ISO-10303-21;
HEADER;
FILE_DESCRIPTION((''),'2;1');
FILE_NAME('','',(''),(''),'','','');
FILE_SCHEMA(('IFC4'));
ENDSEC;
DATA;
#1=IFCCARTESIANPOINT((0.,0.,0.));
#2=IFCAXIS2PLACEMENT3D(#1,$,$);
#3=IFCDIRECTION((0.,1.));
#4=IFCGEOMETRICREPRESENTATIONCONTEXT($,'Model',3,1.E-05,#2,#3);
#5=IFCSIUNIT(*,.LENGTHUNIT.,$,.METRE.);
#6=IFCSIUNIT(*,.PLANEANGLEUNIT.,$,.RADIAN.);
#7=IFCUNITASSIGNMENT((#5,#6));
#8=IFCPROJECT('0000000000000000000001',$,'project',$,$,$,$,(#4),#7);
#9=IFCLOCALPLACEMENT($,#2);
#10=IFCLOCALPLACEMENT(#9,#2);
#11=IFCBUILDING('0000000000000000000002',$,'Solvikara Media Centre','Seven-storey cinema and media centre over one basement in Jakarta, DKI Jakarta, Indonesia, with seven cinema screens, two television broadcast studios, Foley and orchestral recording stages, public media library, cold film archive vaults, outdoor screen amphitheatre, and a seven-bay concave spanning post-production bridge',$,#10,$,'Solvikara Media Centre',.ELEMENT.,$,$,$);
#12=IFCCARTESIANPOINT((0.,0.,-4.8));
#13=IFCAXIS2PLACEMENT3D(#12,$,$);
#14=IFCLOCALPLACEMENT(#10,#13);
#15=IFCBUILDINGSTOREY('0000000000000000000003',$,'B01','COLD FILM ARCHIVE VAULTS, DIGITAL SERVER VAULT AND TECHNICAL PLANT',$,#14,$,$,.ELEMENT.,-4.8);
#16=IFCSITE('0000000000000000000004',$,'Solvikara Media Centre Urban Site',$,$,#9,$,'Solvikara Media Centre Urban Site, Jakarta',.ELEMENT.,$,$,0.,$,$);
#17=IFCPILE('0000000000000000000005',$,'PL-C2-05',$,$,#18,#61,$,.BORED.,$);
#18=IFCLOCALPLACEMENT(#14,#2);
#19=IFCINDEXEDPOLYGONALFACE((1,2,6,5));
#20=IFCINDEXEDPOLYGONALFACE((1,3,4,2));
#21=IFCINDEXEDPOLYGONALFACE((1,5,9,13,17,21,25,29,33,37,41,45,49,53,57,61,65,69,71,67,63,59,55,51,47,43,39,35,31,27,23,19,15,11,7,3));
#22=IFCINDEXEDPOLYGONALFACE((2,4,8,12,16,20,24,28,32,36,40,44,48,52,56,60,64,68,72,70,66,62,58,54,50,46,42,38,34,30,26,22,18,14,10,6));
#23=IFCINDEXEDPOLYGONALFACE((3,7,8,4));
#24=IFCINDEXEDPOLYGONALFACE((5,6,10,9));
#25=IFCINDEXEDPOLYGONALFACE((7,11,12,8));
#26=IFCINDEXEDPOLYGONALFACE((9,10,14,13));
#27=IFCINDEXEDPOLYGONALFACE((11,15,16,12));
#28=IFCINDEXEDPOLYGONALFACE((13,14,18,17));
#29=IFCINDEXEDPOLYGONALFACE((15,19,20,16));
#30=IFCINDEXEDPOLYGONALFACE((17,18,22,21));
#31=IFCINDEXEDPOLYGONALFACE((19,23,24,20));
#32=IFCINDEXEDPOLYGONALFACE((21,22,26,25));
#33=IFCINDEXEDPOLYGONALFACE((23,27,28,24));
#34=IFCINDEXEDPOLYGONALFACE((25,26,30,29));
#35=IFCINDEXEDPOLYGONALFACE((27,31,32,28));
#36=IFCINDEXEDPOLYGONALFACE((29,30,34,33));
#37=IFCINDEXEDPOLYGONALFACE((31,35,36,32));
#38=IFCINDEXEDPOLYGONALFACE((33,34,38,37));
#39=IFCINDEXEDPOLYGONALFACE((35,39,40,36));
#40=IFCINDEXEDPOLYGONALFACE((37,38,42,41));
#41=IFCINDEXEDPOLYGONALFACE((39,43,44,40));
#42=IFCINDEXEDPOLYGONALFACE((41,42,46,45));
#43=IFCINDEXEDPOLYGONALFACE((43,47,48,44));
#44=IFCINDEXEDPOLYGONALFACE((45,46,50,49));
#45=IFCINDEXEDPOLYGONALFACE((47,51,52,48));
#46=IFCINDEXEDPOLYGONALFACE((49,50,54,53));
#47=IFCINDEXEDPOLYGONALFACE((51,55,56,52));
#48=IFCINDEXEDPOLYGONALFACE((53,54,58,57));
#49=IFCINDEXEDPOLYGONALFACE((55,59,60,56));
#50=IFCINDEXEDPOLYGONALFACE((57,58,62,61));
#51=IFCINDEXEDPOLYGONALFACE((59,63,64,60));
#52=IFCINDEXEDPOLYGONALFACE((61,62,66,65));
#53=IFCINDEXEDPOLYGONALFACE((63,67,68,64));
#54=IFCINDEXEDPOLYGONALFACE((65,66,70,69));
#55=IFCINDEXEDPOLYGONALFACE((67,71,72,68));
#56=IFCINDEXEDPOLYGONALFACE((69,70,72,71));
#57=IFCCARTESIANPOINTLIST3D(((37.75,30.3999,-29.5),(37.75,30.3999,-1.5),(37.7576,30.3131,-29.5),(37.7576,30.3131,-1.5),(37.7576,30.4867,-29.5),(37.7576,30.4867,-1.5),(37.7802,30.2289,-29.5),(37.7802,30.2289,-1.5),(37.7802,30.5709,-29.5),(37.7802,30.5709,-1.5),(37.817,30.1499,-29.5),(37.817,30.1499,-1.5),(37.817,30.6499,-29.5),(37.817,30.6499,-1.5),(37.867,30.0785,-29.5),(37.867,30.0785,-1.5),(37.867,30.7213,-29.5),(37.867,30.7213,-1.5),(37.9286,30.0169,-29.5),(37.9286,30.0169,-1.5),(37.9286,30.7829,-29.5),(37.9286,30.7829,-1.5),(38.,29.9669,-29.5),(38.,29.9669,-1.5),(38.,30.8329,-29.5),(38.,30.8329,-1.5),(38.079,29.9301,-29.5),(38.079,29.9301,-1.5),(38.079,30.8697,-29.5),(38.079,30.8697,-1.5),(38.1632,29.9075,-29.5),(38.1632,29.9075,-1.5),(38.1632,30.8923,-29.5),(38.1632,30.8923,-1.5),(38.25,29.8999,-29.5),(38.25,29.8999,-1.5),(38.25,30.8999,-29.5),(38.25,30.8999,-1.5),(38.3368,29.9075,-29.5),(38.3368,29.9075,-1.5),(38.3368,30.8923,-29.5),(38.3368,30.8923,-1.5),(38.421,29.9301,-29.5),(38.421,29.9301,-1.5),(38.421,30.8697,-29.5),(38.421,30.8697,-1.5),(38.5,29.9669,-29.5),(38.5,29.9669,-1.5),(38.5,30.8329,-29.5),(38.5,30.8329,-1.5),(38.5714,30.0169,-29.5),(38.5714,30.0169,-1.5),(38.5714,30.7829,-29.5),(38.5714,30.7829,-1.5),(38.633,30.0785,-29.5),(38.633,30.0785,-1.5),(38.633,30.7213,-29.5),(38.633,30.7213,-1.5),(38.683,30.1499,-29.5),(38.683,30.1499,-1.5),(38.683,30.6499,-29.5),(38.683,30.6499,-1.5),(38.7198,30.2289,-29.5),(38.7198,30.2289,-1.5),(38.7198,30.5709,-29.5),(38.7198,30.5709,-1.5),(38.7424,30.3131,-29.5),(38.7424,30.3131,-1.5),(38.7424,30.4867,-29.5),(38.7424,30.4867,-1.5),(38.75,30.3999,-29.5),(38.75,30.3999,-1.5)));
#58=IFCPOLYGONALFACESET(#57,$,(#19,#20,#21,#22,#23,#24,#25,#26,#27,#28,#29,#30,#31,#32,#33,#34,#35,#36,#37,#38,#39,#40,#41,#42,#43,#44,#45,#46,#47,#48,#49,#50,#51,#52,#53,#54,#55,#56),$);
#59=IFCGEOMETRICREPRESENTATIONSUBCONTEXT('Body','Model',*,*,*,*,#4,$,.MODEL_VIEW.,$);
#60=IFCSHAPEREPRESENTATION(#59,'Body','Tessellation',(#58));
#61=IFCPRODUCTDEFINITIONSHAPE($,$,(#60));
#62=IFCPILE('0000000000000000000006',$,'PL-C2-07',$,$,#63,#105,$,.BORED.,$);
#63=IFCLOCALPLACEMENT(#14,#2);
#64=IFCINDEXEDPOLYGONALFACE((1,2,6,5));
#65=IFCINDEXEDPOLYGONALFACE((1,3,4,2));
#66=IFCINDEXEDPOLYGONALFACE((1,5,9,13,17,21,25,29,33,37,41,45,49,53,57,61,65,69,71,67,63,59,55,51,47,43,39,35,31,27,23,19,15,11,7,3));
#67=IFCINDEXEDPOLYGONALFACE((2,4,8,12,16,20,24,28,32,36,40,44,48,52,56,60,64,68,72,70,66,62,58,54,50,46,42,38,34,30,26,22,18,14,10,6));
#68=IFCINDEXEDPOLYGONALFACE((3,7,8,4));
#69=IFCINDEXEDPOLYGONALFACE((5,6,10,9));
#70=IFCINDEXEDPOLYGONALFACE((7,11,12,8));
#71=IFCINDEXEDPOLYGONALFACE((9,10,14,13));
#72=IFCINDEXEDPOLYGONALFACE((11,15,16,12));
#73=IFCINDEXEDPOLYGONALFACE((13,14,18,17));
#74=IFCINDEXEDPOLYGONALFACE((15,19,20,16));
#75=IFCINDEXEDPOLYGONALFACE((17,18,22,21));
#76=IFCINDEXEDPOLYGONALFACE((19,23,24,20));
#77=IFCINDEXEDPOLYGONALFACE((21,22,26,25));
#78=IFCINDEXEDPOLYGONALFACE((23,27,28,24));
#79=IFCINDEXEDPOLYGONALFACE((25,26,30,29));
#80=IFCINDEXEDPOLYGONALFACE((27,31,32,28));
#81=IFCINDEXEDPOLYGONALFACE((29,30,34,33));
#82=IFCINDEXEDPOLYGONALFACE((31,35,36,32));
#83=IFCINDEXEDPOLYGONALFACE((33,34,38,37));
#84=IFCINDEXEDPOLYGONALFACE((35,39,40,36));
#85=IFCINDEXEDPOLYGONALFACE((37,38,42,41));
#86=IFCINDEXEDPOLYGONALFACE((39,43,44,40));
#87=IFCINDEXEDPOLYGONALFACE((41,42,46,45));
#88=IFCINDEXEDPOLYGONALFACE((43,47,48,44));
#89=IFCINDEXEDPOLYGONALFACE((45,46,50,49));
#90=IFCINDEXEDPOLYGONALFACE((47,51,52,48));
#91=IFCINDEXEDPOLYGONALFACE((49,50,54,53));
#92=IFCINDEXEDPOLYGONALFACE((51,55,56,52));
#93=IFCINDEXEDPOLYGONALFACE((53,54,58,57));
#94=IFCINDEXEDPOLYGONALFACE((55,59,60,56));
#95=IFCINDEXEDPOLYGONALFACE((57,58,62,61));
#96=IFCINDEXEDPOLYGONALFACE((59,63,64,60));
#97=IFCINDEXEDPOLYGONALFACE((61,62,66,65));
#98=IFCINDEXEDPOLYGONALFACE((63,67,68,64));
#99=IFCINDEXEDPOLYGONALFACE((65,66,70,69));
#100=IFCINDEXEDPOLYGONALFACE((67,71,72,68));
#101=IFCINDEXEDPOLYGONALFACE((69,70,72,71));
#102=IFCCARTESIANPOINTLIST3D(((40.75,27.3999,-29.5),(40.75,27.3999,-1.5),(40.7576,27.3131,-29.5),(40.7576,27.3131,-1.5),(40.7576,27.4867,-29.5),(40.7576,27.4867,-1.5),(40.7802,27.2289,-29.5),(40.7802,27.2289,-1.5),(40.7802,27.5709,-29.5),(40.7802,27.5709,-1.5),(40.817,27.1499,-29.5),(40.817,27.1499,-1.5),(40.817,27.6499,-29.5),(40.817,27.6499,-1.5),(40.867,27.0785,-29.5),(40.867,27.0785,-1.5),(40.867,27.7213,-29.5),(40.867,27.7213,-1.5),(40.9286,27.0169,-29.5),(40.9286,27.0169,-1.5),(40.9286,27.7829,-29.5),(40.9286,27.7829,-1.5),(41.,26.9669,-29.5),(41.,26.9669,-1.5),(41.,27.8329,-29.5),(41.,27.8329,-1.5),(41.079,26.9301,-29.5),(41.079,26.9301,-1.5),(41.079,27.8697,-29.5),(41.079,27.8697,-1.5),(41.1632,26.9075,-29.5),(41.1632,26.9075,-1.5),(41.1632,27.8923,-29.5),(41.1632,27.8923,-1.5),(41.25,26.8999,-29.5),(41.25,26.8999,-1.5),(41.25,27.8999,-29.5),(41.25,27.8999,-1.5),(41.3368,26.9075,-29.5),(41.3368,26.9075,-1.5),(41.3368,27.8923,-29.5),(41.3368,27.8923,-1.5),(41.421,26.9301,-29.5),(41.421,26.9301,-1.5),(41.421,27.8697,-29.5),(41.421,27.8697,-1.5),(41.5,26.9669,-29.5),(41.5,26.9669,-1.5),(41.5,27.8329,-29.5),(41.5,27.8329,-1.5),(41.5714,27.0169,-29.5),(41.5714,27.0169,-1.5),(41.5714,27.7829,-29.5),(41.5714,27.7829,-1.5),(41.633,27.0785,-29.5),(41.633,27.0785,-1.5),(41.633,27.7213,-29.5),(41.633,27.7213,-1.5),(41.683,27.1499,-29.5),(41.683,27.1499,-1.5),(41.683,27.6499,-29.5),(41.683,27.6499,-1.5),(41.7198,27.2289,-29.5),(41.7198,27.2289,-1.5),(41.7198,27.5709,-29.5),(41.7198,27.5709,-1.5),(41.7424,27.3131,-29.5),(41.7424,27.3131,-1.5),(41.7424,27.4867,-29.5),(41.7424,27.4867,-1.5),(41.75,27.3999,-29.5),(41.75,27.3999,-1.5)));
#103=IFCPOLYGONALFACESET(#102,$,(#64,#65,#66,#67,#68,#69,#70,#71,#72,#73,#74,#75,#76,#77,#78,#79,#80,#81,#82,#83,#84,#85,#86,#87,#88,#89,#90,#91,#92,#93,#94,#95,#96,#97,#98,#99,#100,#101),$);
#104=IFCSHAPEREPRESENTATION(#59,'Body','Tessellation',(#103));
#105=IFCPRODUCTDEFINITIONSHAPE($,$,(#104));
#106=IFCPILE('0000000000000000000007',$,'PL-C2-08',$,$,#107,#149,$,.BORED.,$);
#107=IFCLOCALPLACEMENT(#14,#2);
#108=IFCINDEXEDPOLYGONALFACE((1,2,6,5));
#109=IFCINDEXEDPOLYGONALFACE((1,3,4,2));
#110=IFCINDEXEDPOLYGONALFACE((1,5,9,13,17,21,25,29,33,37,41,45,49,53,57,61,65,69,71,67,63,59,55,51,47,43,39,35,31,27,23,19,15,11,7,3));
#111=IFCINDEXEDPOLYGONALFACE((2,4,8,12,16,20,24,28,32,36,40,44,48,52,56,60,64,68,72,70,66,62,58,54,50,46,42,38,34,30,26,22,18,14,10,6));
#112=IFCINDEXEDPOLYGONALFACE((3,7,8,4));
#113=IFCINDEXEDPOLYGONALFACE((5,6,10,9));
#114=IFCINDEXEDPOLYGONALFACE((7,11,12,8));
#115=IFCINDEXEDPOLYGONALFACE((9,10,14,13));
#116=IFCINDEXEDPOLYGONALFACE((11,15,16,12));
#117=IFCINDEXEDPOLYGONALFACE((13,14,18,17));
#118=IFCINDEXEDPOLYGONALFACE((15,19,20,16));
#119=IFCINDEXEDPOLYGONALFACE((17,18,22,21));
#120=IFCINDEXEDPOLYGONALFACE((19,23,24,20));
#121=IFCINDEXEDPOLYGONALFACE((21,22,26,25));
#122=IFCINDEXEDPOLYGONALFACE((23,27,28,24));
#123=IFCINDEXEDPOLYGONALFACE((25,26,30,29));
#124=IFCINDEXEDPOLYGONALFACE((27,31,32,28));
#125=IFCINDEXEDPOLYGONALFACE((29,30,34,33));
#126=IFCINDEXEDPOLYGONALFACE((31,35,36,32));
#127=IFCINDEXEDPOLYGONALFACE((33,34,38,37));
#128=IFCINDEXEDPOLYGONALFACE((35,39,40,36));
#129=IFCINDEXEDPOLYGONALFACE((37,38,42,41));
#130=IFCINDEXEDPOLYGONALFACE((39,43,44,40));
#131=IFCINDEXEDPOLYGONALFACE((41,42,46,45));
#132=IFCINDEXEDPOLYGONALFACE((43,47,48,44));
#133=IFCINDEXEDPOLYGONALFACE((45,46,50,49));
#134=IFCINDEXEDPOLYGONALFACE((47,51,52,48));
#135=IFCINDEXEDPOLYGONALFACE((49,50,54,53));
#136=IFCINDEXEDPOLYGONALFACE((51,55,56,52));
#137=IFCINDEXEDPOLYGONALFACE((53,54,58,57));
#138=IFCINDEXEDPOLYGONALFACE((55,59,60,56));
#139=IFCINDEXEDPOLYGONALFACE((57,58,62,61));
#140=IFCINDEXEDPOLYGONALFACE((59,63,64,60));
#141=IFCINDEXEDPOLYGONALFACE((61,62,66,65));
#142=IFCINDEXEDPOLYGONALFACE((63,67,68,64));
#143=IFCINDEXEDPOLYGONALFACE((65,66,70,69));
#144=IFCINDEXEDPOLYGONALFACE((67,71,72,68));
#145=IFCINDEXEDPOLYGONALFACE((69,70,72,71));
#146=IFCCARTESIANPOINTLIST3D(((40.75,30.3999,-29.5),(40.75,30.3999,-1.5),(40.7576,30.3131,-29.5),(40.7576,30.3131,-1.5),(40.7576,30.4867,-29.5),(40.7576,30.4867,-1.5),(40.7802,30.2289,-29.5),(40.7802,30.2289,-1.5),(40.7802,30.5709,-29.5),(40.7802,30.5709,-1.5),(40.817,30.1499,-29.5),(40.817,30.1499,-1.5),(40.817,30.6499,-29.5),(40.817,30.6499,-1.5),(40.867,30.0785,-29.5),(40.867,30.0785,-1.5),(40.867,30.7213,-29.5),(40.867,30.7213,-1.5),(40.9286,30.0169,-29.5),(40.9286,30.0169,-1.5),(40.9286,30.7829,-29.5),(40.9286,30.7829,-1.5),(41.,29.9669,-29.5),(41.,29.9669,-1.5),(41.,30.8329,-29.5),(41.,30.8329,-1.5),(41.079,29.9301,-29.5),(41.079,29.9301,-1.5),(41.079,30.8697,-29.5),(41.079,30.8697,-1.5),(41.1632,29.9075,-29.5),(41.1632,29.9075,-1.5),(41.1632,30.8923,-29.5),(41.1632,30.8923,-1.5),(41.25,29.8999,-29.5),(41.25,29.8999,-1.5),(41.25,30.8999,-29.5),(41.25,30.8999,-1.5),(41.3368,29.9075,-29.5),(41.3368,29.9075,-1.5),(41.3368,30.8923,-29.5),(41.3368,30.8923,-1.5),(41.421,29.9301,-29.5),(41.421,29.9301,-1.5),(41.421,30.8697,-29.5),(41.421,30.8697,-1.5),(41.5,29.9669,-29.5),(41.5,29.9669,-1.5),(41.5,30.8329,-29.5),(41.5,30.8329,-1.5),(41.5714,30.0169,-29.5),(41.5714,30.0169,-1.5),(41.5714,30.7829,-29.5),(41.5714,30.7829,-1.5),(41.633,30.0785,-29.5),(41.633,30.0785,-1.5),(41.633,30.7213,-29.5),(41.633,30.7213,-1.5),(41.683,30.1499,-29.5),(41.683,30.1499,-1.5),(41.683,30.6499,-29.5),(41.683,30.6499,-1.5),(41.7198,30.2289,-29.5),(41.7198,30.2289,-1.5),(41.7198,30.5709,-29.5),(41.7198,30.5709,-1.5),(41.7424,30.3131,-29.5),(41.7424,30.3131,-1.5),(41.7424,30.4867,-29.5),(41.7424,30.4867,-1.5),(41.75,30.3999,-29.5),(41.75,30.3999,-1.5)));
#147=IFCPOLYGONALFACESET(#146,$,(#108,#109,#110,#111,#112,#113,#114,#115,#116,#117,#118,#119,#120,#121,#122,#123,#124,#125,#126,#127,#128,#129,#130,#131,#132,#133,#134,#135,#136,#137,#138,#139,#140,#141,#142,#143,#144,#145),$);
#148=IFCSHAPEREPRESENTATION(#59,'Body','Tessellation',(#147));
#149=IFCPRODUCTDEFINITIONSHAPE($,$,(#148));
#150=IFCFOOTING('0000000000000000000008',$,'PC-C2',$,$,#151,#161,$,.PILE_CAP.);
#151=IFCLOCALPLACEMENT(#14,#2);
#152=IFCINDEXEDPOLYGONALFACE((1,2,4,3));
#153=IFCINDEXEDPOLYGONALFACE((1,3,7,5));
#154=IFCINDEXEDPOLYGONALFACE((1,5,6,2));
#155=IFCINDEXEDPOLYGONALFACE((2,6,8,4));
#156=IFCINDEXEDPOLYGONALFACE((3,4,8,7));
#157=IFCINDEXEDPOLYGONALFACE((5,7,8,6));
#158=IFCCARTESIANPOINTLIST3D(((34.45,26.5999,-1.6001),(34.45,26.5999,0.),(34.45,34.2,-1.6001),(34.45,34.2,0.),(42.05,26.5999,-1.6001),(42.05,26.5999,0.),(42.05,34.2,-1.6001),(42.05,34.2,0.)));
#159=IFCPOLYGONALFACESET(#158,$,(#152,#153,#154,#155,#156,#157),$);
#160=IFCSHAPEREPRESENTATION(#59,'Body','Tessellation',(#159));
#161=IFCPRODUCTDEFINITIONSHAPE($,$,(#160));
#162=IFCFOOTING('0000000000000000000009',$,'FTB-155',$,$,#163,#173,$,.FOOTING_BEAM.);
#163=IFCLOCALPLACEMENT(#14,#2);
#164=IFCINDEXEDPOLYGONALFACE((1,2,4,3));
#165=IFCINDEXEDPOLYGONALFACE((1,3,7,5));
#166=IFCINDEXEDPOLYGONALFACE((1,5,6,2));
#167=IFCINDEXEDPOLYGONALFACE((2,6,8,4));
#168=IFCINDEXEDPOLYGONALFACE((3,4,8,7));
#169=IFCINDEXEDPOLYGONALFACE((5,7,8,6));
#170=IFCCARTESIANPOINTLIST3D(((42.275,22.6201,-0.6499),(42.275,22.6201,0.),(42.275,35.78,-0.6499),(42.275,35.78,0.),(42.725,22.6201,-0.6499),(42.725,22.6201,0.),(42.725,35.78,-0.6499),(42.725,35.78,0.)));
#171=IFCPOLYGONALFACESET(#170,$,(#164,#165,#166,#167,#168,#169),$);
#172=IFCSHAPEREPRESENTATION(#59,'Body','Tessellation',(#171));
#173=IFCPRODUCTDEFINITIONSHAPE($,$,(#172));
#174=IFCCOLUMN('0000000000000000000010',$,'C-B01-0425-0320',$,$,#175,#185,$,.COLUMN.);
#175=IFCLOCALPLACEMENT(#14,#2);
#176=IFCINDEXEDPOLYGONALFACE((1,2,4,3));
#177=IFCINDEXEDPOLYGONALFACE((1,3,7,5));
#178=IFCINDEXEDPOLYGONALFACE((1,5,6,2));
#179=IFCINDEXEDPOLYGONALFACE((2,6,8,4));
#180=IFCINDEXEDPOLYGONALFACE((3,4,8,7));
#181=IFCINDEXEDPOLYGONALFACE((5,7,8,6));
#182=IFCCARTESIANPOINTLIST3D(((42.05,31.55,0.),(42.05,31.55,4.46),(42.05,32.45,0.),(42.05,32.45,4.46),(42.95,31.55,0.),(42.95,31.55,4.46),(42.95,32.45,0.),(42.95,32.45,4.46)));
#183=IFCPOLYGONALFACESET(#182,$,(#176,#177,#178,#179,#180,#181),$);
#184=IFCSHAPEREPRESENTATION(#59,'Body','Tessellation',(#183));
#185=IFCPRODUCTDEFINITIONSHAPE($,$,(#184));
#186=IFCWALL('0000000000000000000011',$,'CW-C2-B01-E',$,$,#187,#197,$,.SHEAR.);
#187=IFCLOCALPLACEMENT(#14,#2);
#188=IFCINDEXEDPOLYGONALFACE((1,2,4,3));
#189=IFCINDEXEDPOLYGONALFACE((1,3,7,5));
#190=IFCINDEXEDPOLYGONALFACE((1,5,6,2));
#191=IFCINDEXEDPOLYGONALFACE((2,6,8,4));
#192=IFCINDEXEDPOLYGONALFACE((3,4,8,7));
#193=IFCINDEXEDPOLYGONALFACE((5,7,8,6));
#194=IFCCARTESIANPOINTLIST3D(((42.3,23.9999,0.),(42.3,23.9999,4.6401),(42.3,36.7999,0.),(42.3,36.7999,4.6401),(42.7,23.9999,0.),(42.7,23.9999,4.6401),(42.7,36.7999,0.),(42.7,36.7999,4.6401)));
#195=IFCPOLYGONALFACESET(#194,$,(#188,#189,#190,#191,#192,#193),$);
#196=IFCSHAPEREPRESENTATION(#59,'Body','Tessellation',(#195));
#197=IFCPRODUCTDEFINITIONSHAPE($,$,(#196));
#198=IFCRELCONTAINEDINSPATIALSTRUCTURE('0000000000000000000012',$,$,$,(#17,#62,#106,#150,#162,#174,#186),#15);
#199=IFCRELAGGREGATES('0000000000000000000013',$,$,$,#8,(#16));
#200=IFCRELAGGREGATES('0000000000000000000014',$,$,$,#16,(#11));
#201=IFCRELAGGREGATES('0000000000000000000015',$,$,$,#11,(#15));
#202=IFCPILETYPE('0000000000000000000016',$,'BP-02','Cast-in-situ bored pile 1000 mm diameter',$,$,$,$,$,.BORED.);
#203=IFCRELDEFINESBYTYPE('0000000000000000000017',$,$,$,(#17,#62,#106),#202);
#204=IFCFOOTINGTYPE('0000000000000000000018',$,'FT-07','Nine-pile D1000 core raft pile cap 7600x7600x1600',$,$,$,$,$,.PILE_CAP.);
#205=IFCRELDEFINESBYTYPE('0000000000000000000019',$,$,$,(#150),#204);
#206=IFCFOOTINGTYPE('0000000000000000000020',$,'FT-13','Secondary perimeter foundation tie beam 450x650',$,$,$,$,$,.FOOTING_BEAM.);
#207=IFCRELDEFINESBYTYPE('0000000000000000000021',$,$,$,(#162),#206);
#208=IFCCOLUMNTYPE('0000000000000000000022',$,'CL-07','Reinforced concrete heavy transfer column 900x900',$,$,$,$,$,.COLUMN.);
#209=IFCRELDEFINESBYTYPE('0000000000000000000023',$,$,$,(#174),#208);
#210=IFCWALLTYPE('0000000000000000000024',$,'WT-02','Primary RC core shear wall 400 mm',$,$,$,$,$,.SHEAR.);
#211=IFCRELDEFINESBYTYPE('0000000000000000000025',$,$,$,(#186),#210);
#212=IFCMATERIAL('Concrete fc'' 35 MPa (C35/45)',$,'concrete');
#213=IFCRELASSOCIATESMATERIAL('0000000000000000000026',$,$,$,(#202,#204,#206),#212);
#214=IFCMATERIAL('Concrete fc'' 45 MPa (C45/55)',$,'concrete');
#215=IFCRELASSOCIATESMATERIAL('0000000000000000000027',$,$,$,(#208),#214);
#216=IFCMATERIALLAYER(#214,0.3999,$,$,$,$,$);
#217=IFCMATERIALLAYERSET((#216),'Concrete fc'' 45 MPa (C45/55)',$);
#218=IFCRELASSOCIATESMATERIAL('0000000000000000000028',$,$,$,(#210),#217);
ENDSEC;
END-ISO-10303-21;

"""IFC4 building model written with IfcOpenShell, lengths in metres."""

from ifc_helpers import new_model, si_unit, direction, frame, frame_2d, origin, origin_2d, place, context, subcontext, project, spatial, rectangle, circle, extrude, material, layer, layer_set, material_profile, profile_set, type_object, element, save


model = new_model("IFC4")

# Units and contexts
model_context = context("Model", 3, precision=1e-05, world=origin(), true_north=direction((0.0, 1.0)))
body_context = subcontext(model_context, "Body", "Model", "MODEL_VIEW")
ifc_project = project(units=[si_unit("LENGTHUNIT", "METRE"), si_unit("PLANEANGLEUNIT", "RADIAN")], contexts=[model_context])

# Site, building, storey
site_placement = place(None, origin())
site = spatial("IfcSite", under=ifc_project, at=site_placement, Name="Solvikara Media Centre Urban Site", LongName="Solvikara Media Centre Urban Site, Jakarta", CompositionType="ELEMENT", RefElevation=0.0)
building_placement = place(site_placement, origin())
building = spatial("IfcBuilding", under=site, at=building_placement, Name="Solvikara Media Centre", Description="Seven-storey cinema and media centre over one basement in Jakarta, DKI Jakarta, Indonesia, with seven cinema screens, two television broadcast studios, Foley and orchestral recording stages, public media library, cold film archive vaults, outdoor screen amphitheatre, and a seven-bay concave spanning post-production bridge", LongName="Solvikara Media Centre", CompositionType="ELEMENT")
storey_placement = place(building_placement, frame((0.0, 0.0, -4.8)))
storey = spatial("IfcBuildingStorey", under=building, at=storey_placement, Name="B01", Description="COLD FILM ARCHIVE VAULTS, DIGITAL SERVER VAULT AND TECHNICAL PLANT", CompositionType="ELEMENT", Elevation=-4.8)

# Piles
ifc_material_1 = material(Name="Concrete fc' 35 MPa (C35/45)", Category="concrete")
ifc_material_profile_1 = material_profile(ifc_material_1, circle(Radius=0.5, at=origin_2d()), Name="BORED PILE D1000")
ifc_profile_set_1 = profile_set([ifc_material_profile_1], Name="Concrete fc' 35 MPa (C35/45)")
pile_type_1 = type_object("IfcPileType", Name="BP-02", Description="Cast-in-situ bored pile 1000 mm diameter", PredefinedType="BORED", material=ifc_profile_set_1)
for number, where, z_axis, x_axis, name in (
    (1, (38.25, 30.3999, -1.5), (0.0, 0.0, -1.0), (1.0, 0.0, 0.0), "PL-C2-05"),
    (2, (41.25, 27.3999, -1.5), (0.0, 0.0, -1.0), (1.0, 0.0, 0.0), "PL-C2-07"),
    (3, (41.25, 30.3999, -1.5), (0.0, 0.0, -1.0), (1.0, 0.0, 0.0), "PL-C2-08"),
):
    element("IfcPile", number, at=place(storey_placement, frame(where, z_axis=z_axis, x_axis=x_axis)), inside=storey, type_object=pile_type_1, Name=name, PredefinedType="BORED", context=body_context, shape_type="SweptSolid", body=[
        extrude(circle(Radius=0.5, at=origin_2d()), origin(), (0.0, 0.0, 1.0), 28.0),
    ])

# Footings
footing_type_1 = type_object("IfcFootingType", Name="FT-07", Description="Nine-pile D1000 core raft pile cap 7600x7600x1600", PredefinedType="PILE_CAP", material=ifc_material_1)
footing_1_placement = place(storey_placement, frame((38.25, 30.3999, -1.6001), z_axis=(0.0, 0.0, 1.0), x_axis=(1.0, 0.0, 0.0)))
element("IfcFooting", 4, at=footing_1_placement, inside=storey, type_object=footing_type_1, Name="PC-C2", PredefinedType="PILE_CAP", context=body_context, shape_type="SweptSolid", body=[
    extrude(rectangle(XDim=7.6001, YDim=7.6001, at=origin_2d()), origin(), (0.0, 0.0, 1.0), 1.6001),
])
ifc_material_profile_2 = material_profile(ifc_material_1, rectangle(XDim=0.45, YDim=0.6499, at=origin_2d()), Name="RC 450x650")
ifc_profile_set_2 = profile_set([ifc_material_profile_2], Name="Concrete fc' 35 MPa (C35/45)")
footing_type_2 = type_object("IfcFootingType", Name="FT-13", Description="Secondary perimeter foundation tie beam 450x650", PredefinedType="FOOTING_BEAM", material=ifc_profile_set_2)
footing_2_placement = place(storey_placement, frame((42.5, 22.6201, -0.325), z_axis=(0.0, 1.0, 0.0), x_axis=(-1.0, 0.0, 0.0)))
element("IfcFooting", 5, at=footing_2_placement, inside=storey, type_object=footing_type_2, Name="FTB-155", PredefinedType="FOOTING_BEAM", context=body_context, shape_type="SweptSolid", body=[
    extrude(rectangle(XDim=0.45, YDim=0.6499, at=origin_2d()), origin(), (0.0, 0.0, 1.0), 13.1599),
])

# Column
ifc_material_2 = material(Name="Concrete fc' 45 MPa (C45/55)", Category="concrete")
ifc_material_profile_3 = material_profile(ifc_material_2, rectangle(XDim=0.8999, YDim=0.8999, at=origin_2d()), Name="RC 900x900")
ifc_profile_set_3 = profile_set([ifc_material_profile_3], Name="Concrete fc' 45 MPa (C45/55)")
column_type = type_object("IfcColumnType", Name="CL-07", Description="Reinforced concrete heavy transfer column 900x900", PredefinedType="COLUMN", material=ifc_profile_set_3)
column_placement = place(storey_placement, frame((42.5, 32.0, 0.0), z_axis=(0.0, 0.0, 1.0), x_axis=(1.0, 0.0, 0.0)))
element("IfcColumn", 6, at=column_placement, inside=storey, type_object=column_type, Name="C-B01-0425-0320", PredefinedType="COLUMN", context=body_context, shape_type="SweptSolid", body=[
    extrude(rectangle(XDim=0.8999, YDim=0.8999, at=origin_2d()), origin(), (0.0, 0.0, 1.0), 4.46),
])

# Wall
ifc_layer_1 = layer(ifc_material_2, 0.3999)
ifc_layer_set_1 = layer_set([ifc_layer_1], Name="Concrete fc' 45 MPa (C45/55)")
wall_type_1 = type_object("IfcWallType", Name="WT-02", Description="Primary RC core shear wall 400 mm", PredefinedType="SHEAR", material=ifc_layer_set_1)
wall_1_placement = place(storey_placement, frame((42.5, 24.0, 0.0), z_axis=(0.0, 0.0, 1.0), x_axis=(0.0, 1.0, 0.0)))
element("IfcWall", 7, at=wall_1_placement, inside=storey, type_object=wall_type_1, Name="CW-C2-B01-E", PredefinedType="SHEAR", context=body_context, shape_type="SweptSolid", body=[
    extrude(rectangle(XDim=12.8, YDim=0.3999, at=frame_2d((6.3999, 0.0))), origin(), (0.0, 0.0, 1.0), 4.6401),
])

save(model, "model.ifc")
